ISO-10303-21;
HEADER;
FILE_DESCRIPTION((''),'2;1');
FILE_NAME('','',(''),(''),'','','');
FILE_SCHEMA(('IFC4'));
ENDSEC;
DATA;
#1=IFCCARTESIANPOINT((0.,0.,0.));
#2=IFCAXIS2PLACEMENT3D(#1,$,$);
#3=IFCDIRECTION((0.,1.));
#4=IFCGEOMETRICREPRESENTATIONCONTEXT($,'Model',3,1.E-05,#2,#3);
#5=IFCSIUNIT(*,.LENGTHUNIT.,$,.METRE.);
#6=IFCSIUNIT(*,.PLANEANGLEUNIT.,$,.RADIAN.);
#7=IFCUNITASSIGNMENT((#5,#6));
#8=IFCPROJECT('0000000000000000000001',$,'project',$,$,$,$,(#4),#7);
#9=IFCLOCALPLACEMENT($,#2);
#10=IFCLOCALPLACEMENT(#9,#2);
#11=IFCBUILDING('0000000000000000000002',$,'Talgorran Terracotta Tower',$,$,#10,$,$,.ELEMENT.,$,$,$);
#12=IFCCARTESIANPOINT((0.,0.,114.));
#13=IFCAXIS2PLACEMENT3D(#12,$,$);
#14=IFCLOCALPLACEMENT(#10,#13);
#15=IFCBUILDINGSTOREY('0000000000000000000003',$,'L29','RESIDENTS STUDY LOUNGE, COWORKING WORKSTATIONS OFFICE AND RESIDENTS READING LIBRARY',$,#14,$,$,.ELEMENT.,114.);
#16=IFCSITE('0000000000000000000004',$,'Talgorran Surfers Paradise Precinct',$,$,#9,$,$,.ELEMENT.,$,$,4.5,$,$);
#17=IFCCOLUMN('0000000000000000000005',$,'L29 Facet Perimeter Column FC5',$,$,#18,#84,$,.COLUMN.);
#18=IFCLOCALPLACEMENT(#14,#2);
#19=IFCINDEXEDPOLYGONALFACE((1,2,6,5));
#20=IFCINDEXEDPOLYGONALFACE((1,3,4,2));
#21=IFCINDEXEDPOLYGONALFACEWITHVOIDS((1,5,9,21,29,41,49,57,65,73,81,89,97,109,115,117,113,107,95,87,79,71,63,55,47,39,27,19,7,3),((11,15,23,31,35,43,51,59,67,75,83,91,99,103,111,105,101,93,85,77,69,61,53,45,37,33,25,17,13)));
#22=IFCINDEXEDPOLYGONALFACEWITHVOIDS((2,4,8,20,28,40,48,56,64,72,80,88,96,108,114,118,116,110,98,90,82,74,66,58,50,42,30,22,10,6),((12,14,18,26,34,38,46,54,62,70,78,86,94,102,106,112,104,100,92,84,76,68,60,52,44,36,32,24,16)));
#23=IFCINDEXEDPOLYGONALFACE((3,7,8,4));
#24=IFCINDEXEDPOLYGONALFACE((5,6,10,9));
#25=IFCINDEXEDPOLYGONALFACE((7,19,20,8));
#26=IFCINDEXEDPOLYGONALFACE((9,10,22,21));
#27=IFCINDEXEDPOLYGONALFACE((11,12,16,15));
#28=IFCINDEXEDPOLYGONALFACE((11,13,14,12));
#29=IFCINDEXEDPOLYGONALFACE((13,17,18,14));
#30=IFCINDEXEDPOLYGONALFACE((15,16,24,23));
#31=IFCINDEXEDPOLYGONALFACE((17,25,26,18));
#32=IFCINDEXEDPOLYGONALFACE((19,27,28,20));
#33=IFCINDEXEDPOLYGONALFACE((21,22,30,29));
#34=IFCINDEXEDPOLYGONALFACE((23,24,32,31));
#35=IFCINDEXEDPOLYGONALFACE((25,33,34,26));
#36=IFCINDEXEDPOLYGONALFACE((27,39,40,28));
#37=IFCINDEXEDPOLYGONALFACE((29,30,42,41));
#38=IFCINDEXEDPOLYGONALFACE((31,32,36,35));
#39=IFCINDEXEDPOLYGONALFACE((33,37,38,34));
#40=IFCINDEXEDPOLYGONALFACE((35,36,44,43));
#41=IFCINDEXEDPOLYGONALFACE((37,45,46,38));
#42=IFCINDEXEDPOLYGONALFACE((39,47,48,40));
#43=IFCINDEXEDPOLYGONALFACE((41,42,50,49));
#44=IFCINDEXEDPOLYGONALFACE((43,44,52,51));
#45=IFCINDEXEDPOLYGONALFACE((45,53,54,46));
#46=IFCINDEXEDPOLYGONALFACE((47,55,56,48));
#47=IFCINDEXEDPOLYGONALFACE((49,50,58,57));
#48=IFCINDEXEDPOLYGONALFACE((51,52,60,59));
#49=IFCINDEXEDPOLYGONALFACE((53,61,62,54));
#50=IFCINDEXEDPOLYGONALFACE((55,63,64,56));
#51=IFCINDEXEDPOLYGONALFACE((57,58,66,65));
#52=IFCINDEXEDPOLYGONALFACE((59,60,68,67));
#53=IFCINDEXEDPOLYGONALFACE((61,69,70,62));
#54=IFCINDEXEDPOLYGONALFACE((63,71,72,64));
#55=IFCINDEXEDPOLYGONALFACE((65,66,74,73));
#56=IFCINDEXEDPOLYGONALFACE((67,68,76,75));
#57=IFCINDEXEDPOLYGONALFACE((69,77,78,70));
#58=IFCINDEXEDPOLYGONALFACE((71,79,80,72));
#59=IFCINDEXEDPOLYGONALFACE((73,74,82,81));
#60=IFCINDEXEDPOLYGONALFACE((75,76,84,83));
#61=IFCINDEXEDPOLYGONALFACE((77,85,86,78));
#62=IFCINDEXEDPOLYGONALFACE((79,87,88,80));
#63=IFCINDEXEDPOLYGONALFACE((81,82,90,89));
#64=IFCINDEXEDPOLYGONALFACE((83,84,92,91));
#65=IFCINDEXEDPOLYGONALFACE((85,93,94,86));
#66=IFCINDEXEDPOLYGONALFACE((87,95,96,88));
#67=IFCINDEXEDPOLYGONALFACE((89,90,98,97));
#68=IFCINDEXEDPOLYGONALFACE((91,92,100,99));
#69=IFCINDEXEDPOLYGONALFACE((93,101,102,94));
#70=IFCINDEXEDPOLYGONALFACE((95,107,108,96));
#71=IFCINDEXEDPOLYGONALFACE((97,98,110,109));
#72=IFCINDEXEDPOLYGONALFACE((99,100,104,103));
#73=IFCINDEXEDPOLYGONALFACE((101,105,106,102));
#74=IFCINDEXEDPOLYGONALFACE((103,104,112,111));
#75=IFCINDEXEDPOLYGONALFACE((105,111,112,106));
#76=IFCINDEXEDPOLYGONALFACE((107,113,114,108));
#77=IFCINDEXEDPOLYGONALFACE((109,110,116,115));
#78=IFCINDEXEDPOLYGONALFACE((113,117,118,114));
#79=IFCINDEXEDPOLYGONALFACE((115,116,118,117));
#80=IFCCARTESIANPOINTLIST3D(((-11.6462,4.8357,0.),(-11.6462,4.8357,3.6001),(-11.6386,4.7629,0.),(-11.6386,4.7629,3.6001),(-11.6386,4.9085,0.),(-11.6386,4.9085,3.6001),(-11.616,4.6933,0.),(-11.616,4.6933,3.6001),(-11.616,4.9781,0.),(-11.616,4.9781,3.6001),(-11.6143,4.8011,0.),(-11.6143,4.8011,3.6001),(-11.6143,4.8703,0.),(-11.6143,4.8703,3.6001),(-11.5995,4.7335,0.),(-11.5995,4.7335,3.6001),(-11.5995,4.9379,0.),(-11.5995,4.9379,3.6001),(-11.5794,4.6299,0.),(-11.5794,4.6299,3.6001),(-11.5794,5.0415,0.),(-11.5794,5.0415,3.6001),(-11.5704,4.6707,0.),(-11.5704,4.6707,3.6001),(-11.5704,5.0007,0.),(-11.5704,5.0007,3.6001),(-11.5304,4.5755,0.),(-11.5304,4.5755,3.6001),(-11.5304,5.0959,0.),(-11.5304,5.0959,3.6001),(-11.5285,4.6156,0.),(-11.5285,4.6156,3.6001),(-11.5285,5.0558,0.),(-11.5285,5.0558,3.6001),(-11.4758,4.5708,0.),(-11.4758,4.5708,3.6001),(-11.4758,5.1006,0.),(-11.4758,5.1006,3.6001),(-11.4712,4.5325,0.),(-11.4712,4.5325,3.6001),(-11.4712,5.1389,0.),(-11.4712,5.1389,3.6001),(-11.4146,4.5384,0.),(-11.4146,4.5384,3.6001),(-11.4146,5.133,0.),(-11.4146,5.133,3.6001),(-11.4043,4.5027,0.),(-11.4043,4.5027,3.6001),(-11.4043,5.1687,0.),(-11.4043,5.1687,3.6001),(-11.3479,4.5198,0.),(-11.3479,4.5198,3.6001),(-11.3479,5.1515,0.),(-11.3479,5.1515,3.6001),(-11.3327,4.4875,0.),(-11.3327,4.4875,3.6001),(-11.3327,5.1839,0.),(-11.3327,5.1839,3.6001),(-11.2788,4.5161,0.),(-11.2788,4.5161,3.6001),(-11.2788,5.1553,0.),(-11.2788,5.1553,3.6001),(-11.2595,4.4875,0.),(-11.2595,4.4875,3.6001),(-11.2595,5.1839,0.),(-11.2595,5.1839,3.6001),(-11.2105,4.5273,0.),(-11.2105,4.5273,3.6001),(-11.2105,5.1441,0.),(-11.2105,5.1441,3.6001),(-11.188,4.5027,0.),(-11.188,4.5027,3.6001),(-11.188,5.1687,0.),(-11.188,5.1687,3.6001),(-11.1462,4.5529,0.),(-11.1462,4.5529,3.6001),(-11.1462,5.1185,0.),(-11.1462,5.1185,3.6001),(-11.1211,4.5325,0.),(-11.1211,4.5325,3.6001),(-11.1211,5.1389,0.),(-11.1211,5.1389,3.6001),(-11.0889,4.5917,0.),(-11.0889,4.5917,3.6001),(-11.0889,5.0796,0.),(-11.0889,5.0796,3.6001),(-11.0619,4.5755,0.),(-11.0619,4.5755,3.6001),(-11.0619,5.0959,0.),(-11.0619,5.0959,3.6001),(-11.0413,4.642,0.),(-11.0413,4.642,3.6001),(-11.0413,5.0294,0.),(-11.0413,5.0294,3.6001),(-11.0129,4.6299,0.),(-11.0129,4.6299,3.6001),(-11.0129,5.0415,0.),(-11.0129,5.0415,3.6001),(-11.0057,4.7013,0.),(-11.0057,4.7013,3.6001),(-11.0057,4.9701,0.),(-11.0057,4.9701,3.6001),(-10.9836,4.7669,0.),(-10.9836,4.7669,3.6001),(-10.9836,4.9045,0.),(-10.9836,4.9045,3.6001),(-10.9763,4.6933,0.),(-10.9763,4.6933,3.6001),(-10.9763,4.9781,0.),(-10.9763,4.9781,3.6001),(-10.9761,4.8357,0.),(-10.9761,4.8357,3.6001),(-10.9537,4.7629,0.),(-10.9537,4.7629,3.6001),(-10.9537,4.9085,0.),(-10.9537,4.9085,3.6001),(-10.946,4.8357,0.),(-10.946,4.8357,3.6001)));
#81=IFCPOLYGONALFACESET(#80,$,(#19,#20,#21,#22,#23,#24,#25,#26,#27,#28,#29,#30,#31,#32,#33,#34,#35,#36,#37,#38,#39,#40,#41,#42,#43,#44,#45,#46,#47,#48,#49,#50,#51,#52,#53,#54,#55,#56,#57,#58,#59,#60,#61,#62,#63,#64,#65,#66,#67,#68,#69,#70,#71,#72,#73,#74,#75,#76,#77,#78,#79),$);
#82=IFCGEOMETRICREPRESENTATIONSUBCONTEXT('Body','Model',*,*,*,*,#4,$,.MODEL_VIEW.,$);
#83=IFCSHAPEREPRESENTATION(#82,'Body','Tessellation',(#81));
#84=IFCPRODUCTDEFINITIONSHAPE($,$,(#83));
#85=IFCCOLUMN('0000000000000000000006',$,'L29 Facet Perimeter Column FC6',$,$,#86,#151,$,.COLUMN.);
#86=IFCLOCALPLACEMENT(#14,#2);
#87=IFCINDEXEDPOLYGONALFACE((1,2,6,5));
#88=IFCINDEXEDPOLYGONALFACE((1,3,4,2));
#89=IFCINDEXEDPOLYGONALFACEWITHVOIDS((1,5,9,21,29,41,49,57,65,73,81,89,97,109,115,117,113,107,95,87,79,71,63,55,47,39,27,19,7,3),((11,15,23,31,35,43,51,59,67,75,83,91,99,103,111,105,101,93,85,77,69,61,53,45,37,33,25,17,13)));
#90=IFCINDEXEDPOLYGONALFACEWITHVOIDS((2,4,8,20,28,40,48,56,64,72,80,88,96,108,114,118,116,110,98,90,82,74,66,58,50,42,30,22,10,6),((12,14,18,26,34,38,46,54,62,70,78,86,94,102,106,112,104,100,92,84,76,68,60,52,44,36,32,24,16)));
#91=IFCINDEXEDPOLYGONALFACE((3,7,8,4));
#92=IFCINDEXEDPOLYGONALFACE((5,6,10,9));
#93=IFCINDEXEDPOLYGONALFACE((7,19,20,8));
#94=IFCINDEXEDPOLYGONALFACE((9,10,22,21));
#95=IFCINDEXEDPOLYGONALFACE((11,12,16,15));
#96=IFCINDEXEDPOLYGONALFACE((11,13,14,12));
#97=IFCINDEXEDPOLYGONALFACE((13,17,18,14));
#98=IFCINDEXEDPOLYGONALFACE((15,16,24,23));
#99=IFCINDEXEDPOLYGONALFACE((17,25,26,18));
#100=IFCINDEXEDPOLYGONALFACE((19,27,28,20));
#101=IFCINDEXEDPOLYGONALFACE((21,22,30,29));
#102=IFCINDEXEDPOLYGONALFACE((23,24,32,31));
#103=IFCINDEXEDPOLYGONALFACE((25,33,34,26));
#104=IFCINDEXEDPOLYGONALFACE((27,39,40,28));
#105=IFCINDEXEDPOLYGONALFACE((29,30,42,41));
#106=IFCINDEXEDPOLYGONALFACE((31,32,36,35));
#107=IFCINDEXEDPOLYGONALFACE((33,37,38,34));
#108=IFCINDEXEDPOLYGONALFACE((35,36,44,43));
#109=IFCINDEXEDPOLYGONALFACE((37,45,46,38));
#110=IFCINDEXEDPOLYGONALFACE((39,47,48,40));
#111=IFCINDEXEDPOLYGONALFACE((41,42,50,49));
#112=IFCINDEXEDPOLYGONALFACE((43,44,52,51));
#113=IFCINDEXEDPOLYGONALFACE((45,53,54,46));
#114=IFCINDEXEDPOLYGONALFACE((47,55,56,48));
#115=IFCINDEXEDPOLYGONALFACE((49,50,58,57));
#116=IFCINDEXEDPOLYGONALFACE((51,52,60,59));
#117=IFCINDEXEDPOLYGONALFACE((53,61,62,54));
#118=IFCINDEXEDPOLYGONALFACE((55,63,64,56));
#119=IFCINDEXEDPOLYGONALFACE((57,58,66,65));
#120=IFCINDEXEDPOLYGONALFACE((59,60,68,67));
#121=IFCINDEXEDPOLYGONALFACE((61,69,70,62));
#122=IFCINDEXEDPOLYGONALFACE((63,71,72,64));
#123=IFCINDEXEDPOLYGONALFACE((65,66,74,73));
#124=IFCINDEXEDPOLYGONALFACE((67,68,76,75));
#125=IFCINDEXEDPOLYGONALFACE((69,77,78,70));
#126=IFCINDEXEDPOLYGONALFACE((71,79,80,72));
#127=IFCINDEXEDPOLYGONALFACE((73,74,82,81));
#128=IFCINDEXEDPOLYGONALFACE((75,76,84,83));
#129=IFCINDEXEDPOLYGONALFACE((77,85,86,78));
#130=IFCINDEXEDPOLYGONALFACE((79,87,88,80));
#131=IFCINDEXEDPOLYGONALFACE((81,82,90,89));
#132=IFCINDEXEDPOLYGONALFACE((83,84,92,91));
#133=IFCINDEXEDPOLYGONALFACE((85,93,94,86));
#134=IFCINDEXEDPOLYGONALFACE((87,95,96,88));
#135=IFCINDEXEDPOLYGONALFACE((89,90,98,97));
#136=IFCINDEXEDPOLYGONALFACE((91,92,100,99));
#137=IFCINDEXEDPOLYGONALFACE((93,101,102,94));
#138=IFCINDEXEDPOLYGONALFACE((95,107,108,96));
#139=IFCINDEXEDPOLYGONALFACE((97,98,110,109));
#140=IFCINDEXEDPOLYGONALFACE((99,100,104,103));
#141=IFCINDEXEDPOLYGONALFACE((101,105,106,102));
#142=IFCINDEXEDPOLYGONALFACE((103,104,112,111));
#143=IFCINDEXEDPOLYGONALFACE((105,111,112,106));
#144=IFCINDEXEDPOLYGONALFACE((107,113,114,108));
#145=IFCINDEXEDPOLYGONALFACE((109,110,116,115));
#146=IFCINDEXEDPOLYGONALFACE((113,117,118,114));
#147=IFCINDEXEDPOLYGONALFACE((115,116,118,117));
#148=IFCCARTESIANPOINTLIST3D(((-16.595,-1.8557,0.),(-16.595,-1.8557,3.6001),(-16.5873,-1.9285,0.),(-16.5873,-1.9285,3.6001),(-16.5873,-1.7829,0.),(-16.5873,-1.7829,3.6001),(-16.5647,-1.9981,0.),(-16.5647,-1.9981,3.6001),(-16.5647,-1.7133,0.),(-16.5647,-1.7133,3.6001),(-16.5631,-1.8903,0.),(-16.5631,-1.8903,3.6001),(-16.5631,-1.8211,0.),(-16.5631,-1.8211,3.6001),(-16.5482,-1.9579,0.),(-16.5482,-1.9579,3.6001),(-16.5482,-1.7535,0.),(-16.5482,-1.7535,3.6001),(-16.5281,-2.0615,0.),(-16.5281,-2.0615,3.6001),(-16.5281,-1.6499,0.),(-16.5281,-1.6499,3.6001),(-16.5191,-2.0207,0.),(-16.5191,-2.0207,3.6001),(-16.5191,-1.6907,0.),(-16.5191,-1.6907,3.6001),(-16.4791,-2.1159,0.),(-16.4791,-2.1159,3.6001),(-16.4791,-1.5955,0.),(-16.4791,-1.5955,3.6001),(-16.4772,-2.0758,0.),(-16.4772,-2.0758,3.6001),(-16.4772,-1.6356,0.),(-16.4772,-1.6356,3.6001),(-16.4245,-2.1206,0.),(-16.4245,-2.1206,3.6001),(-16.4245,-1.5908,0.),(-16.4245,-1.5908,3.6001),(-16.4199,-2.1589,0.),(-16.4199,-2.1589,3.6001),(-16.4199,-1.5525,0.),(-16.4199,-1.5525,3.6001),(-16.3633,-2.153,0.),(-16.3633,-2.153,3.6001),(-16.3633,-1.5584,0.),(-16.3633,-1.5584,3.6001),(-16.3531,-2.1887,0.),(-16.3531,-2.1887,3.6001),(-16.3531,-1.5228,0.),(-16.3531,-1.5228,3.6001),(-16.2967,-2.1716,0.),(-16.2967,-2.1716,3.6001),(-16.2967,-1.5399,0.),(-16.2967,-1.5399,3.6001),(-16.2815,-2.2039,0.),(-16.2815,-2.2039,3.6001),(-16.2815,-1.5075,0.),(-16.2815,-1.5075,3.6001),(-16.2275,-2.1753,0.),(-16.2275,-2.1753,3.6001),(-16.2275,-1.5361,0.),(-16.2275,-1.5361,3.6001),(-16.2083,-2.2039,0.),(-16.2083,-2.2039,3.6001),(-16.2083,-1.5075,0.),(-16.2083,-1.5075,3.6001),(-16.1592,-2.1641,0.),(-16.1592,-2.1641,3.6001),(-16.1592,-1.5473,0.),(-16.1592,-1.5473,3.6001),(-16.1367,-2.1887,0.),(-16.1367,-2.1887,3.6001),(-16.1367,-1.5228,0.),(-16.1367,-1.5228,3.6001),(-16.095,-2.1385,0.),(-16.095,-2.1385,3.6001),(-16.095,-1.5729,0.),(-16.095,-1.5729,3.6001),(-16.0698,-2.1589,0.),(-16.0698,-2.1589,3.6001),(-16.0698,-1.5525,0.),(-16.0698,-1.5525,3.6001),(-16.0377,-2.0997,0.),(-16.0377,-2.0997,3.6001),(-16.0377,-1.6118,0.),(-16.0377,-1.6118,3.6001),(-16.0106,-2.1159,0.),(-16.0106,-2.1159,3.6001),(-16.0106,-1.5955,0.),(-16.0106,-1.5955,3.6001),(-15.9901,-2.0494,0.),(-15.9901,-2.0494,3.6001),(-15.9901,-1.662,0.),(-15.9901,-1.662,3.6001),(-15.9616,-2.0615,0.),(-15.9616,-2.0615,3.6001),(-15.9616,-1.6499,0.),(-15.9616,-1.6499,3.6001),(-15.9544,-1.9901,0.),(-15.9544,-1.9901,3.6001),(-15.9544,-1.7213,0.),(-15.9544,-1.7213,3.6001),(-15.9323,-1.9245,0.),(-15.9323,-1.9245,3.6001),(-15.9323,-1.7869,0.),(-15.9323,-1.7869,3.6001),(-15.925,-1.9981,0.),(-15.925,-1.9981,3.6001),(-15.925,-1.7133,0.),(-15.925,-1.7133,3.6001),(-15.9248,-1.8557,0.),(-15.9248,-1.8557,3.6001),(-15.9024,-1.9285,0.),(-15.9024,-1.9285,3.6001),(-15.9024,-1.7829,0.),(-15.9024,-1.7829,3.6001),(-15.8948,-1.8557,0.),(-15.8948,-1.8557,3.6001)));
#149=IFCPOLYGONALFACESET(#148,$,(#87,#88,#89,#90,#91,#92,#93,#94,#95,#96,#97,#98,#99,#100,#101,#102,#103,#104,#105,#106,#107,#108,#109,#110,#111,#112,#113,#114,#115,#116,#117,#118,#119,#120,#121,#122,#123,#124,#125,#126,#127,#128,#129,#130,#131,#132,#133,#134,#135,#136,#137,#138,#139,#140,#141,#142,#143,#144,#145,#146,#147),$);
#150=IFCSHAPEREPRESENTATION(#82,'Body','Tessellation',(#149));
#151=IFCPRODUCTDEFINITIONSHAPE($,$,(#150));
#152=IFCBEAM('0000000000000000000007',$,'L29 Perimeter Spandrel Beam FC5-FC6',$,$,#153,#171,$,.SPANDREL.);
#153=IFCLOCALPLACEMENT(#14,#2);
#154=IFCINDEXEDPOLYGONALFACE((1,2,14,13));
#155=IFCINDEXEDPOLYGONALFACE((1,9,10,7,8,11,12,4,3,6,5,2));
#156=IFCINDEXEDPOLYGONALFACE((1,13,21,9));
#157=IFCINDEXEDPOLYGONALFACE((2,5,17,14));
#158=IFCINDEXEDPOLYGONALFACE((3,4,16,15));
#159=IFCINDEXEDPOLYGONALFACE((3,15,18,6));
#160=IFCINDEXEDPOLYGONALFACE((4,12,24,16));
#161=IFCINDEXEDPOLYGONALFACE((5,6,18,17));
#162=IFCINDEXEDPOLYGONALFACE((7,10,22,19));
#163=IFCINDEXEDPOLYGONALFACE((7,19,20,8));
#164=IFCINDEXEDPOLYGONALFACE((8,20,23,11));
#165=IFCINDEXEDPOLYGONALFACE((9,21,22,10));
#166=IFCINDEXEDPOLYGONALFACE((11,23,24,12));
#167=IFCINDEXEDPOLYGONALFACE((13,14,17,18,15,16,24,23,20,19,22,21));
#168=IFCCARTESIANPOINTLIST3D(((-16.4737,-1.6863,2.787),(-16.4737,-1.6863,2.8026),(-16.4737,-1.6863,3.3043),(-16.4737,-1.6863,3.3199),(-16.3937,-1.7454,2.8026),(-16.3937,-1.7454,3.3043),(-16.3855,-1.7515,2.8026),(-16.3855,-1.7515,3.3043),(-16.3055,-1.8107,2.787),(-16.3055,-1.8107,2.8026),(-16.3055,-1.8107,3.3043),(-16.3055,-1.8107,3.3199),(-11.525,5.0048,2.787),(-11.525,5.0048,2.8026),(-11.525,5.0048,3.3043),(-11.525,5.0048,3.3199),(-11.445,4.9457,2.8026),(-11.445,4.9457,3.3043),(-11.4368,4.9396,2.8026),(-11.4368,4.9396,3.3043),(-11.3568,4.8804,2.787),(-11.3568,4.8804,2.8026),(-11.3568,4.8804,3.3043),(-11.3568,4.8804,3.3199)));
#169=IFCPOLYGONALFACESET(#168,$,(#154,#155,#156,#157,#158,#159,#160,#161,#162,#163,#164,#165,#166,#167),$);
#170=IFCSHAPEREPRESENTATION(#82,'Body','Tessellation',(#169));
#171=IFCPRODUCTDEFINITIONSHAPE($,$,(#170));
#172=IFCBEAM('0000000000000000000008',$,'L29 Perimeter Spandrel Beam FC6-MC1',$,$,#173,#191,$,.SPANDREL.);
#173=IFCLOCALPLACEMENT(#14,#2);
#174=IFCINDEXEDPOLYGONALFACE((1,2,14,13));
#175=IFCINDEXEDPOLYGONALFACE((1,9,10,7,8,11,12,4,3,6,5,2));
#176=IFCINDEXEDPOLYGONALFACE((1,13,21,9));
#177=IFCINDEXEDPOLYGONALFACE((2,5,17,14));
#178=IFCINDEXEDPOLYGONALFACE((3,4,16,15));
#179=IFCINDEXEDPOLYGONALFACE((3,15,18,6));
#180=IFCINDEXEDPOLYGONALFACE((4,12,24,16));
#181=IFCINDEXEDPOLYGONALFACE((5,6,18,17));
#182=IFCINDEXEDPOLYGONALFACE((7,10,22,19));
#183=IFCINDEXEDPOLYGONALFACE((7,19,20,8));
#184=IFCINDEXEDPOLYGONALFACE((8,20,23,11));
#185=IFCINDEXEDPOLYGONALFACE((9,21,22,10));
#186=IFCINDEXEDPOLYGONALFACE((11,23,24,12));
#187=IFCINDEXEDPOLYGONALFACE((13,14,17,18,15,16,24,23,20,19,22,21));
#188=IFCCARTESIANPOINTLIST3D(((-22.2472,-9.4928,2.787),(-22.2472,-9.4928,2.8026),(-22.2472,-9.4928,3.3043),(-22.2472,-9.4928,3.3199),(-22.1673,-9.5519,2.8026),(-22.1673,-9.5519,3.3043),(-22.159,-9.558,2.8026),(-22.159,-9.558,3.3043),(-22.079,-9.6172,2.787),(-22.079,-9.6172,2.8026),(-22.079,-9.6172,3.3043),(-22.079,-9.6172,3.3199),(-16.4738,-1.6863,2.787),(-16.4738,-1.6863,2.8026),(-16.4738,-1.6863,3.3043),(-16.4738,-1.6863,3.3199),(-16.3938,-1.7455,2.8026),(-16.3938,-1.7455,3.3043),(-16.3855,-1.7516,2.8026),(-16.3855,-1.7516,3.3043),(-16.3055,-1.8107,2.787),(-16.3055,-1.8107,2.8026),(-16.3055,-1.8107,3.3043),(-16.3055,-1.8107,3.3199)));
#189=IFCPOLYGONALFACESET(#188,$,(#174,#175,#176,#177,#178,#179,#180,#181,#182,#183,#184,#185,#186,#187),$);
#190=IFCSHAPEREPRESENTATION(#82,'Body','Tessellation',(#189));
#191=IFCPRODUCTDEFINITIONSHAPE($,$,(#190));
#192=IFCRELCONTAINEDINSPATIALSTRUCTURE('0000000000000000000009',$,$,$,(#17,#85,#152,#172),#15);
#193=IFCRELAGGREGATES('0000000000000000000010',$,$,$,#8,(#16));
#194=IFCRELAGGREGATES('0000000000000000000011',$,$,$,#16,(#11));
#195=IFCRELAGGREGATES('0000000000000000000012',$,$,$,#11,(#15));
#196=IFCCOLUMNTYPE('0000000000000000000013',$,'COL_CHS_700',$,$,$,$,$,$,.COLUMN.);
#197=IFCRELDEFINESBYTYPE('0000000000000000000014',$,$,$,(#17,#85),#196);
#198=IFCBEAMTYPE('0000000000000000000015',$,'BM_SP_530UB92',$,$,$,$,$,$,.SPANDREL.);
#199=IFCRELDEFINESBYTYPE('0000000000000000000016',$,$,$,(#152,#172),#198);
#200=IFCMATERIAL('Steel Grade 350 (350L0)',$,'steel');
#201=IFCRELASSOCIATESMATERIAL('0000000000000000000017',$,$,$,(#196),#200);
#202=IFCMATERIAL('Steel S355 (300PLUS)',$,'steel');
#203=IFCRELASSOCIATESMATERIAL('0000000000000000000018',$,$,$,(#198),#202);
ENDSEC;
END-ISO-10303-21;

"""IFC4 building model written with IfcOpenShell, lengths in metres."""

from ifc_helpers import new_model, si_unit, direction, frame, origin, origin_2d, place, context, subcontext, project, spatial, hollow_circle, i_section, extrude, material, material_profile, profile_set, type_object, element, save


model = new_model("IFC4")

# Units and contexts
model_context = context("Model", 3, precision=1e-05, world=origin(), true_north=direction((0.0, 1.0)))
body_context = subcontext(model_context, "Body", "Model", "MODEL_VIEW")
ifc_project = project(units=[si_unit("LENGTHUNIT", "METRE"), si_unit("PLANEANGLEUNIT", "RADIAN")], contexts=[model_context])

# Site, building, storey
site_placement = place(None, origin())
site = spatial("IfcSite", under=ifc_project, at=site_placement, Name="Talgorran Surfers Paradise Precinct", CompositionType="ELEMENT", RefElevation=4.5)
building_placement = place(site_placement, origin())
building = spatial("IfcBuilding", under=site, at=building_placement, Name="Talgorran Terracotta Tower", CompositionType="ELEMENT")
storey_placement = place(building_placement, frame((0.0, 0.0, 114.0)))
storey = spatial("IfcBuildingStorey", under=building, at=storey_placement, Name="L29", Description="RESIDENTS STUDY LOUNGE, COWORKING WORKSTATIONS OFFICE AND RESIDENTS READING LIBRARY", CompositionType="ELEMENT", Elevation=114.0)

# Columns
ifc_material_1 = material(Name="Steel Grade 350 (350L0)", Category="steel")
ifc_material_profile_1 = material_profile(ifc_material_1, hollow_circle(Radius=0.3501, WallThickness=0.03, at=origin_2d()), Name="CHS700X30")
ifc_profile_set_1 = profile_set([ifc_material_profile_1], Name="Steel Grade 350 (350L0)")
column_type = type_object("IfcColumnType", Name="COL_CHS_700", PredefinedType="COLUMN", material=ifc_profile_set_1)
for number, where, z_axis, x_axis, name in (
    (1, (-11.2961, 4.8357, 0.0), (0.0, 0.0, 1.0), (1.0, 0.0, 0.0), "L29 Facet Perimeter Column FC5"),
    (2, (-16.2449, -1.8557, 0.0), (0.0, 0.0, 1.0), (1.0, 0.0, 0.0), "L29 Facet Perimeter Column FC6"),
):
    element("IfcColumn", number, at=place(storey_placement, frame(where, z_axis=z_axis, x_axis=x_axis)), inside=storey, type_object=column_type, Name=name, PredefinedType="COLUMN", context=body_context, shape_type="SweptSolid", body=[
        extrude(hollow_circle(Radius=0.3501, WallThickness=0.03, at=origin_2d()), origin(), (0.0, 0.0, 1.0), 3.6001),
    ])

# Beams
ifc_material_2 = material(Name="Steel S355 (300PLUS)", Category="steel")
ifc_material_profile_2 = material_profile(ifc_material_2, i_section(OverallWidth=0.2092, OverallDepth=0.533, WebThickness=0.0103, FlangeThickness=0.0156, at=origin_2d()), Name="530UB92.4")
ifc_profile_set_2 = profile_set([ifc_material_profile_2], Name="Steel S355 (300PLUS)")
beam_type = type_object("IfcBeamType", Name="BM_SP_530UB92", PredefinedType="SPANDREL", material=ifc_profile_set_2)
beam_1_placement = place(storey_placement, frame((-11.4409, 4.9426, 3.0535), z_axis=(-0.594631, -0.803999, 0.0), x_axis=(0.803999, -0.594631, 0.0)))
element("IfcBeam", 3, at=beam_1_placement, inside=storey, type_object=beam_type, Name="L29 Perimeter Spandrel Beam FC5-FC6", PredefinedType="SPANDREL", context=body_context, shape_type="SweptSolid", body=[
    extrude(i_section(OverallWidth=0.2092, OverallDepth=0.533, WebThickness=0.0103, FlangeThickness=0.0156, at=origin_2d()), origin(), (0.0, 0.0, 1.0), 8.3223),
])
beam_2_placement = place(storey_placement, frame((-16.3896, -1.7485, 3.0535), z_axis=(-0.594624, -0.804004, 0.0), x_axis=(0.804004, -0.594624, 0.0)))
element("IfcBeam", 4, at=beam_2_placement, inside=storey, type_object=beam_type, Name="L29 Perimeter Spandrel Beam FC6-MC1", PredefinedType="SPANDREL", context=body_context, shape_type="SweptSolid", body=[
    extrude(i_section(OverallWidth=0.2092, OverallDepth=0.533, WebThickness=0.0103, FlangeThickness=0.0156, at=origin_2d()), origin(), (0.0, 0.0, 1.0), 9.7095),
])

save(model, "model.ifc")
